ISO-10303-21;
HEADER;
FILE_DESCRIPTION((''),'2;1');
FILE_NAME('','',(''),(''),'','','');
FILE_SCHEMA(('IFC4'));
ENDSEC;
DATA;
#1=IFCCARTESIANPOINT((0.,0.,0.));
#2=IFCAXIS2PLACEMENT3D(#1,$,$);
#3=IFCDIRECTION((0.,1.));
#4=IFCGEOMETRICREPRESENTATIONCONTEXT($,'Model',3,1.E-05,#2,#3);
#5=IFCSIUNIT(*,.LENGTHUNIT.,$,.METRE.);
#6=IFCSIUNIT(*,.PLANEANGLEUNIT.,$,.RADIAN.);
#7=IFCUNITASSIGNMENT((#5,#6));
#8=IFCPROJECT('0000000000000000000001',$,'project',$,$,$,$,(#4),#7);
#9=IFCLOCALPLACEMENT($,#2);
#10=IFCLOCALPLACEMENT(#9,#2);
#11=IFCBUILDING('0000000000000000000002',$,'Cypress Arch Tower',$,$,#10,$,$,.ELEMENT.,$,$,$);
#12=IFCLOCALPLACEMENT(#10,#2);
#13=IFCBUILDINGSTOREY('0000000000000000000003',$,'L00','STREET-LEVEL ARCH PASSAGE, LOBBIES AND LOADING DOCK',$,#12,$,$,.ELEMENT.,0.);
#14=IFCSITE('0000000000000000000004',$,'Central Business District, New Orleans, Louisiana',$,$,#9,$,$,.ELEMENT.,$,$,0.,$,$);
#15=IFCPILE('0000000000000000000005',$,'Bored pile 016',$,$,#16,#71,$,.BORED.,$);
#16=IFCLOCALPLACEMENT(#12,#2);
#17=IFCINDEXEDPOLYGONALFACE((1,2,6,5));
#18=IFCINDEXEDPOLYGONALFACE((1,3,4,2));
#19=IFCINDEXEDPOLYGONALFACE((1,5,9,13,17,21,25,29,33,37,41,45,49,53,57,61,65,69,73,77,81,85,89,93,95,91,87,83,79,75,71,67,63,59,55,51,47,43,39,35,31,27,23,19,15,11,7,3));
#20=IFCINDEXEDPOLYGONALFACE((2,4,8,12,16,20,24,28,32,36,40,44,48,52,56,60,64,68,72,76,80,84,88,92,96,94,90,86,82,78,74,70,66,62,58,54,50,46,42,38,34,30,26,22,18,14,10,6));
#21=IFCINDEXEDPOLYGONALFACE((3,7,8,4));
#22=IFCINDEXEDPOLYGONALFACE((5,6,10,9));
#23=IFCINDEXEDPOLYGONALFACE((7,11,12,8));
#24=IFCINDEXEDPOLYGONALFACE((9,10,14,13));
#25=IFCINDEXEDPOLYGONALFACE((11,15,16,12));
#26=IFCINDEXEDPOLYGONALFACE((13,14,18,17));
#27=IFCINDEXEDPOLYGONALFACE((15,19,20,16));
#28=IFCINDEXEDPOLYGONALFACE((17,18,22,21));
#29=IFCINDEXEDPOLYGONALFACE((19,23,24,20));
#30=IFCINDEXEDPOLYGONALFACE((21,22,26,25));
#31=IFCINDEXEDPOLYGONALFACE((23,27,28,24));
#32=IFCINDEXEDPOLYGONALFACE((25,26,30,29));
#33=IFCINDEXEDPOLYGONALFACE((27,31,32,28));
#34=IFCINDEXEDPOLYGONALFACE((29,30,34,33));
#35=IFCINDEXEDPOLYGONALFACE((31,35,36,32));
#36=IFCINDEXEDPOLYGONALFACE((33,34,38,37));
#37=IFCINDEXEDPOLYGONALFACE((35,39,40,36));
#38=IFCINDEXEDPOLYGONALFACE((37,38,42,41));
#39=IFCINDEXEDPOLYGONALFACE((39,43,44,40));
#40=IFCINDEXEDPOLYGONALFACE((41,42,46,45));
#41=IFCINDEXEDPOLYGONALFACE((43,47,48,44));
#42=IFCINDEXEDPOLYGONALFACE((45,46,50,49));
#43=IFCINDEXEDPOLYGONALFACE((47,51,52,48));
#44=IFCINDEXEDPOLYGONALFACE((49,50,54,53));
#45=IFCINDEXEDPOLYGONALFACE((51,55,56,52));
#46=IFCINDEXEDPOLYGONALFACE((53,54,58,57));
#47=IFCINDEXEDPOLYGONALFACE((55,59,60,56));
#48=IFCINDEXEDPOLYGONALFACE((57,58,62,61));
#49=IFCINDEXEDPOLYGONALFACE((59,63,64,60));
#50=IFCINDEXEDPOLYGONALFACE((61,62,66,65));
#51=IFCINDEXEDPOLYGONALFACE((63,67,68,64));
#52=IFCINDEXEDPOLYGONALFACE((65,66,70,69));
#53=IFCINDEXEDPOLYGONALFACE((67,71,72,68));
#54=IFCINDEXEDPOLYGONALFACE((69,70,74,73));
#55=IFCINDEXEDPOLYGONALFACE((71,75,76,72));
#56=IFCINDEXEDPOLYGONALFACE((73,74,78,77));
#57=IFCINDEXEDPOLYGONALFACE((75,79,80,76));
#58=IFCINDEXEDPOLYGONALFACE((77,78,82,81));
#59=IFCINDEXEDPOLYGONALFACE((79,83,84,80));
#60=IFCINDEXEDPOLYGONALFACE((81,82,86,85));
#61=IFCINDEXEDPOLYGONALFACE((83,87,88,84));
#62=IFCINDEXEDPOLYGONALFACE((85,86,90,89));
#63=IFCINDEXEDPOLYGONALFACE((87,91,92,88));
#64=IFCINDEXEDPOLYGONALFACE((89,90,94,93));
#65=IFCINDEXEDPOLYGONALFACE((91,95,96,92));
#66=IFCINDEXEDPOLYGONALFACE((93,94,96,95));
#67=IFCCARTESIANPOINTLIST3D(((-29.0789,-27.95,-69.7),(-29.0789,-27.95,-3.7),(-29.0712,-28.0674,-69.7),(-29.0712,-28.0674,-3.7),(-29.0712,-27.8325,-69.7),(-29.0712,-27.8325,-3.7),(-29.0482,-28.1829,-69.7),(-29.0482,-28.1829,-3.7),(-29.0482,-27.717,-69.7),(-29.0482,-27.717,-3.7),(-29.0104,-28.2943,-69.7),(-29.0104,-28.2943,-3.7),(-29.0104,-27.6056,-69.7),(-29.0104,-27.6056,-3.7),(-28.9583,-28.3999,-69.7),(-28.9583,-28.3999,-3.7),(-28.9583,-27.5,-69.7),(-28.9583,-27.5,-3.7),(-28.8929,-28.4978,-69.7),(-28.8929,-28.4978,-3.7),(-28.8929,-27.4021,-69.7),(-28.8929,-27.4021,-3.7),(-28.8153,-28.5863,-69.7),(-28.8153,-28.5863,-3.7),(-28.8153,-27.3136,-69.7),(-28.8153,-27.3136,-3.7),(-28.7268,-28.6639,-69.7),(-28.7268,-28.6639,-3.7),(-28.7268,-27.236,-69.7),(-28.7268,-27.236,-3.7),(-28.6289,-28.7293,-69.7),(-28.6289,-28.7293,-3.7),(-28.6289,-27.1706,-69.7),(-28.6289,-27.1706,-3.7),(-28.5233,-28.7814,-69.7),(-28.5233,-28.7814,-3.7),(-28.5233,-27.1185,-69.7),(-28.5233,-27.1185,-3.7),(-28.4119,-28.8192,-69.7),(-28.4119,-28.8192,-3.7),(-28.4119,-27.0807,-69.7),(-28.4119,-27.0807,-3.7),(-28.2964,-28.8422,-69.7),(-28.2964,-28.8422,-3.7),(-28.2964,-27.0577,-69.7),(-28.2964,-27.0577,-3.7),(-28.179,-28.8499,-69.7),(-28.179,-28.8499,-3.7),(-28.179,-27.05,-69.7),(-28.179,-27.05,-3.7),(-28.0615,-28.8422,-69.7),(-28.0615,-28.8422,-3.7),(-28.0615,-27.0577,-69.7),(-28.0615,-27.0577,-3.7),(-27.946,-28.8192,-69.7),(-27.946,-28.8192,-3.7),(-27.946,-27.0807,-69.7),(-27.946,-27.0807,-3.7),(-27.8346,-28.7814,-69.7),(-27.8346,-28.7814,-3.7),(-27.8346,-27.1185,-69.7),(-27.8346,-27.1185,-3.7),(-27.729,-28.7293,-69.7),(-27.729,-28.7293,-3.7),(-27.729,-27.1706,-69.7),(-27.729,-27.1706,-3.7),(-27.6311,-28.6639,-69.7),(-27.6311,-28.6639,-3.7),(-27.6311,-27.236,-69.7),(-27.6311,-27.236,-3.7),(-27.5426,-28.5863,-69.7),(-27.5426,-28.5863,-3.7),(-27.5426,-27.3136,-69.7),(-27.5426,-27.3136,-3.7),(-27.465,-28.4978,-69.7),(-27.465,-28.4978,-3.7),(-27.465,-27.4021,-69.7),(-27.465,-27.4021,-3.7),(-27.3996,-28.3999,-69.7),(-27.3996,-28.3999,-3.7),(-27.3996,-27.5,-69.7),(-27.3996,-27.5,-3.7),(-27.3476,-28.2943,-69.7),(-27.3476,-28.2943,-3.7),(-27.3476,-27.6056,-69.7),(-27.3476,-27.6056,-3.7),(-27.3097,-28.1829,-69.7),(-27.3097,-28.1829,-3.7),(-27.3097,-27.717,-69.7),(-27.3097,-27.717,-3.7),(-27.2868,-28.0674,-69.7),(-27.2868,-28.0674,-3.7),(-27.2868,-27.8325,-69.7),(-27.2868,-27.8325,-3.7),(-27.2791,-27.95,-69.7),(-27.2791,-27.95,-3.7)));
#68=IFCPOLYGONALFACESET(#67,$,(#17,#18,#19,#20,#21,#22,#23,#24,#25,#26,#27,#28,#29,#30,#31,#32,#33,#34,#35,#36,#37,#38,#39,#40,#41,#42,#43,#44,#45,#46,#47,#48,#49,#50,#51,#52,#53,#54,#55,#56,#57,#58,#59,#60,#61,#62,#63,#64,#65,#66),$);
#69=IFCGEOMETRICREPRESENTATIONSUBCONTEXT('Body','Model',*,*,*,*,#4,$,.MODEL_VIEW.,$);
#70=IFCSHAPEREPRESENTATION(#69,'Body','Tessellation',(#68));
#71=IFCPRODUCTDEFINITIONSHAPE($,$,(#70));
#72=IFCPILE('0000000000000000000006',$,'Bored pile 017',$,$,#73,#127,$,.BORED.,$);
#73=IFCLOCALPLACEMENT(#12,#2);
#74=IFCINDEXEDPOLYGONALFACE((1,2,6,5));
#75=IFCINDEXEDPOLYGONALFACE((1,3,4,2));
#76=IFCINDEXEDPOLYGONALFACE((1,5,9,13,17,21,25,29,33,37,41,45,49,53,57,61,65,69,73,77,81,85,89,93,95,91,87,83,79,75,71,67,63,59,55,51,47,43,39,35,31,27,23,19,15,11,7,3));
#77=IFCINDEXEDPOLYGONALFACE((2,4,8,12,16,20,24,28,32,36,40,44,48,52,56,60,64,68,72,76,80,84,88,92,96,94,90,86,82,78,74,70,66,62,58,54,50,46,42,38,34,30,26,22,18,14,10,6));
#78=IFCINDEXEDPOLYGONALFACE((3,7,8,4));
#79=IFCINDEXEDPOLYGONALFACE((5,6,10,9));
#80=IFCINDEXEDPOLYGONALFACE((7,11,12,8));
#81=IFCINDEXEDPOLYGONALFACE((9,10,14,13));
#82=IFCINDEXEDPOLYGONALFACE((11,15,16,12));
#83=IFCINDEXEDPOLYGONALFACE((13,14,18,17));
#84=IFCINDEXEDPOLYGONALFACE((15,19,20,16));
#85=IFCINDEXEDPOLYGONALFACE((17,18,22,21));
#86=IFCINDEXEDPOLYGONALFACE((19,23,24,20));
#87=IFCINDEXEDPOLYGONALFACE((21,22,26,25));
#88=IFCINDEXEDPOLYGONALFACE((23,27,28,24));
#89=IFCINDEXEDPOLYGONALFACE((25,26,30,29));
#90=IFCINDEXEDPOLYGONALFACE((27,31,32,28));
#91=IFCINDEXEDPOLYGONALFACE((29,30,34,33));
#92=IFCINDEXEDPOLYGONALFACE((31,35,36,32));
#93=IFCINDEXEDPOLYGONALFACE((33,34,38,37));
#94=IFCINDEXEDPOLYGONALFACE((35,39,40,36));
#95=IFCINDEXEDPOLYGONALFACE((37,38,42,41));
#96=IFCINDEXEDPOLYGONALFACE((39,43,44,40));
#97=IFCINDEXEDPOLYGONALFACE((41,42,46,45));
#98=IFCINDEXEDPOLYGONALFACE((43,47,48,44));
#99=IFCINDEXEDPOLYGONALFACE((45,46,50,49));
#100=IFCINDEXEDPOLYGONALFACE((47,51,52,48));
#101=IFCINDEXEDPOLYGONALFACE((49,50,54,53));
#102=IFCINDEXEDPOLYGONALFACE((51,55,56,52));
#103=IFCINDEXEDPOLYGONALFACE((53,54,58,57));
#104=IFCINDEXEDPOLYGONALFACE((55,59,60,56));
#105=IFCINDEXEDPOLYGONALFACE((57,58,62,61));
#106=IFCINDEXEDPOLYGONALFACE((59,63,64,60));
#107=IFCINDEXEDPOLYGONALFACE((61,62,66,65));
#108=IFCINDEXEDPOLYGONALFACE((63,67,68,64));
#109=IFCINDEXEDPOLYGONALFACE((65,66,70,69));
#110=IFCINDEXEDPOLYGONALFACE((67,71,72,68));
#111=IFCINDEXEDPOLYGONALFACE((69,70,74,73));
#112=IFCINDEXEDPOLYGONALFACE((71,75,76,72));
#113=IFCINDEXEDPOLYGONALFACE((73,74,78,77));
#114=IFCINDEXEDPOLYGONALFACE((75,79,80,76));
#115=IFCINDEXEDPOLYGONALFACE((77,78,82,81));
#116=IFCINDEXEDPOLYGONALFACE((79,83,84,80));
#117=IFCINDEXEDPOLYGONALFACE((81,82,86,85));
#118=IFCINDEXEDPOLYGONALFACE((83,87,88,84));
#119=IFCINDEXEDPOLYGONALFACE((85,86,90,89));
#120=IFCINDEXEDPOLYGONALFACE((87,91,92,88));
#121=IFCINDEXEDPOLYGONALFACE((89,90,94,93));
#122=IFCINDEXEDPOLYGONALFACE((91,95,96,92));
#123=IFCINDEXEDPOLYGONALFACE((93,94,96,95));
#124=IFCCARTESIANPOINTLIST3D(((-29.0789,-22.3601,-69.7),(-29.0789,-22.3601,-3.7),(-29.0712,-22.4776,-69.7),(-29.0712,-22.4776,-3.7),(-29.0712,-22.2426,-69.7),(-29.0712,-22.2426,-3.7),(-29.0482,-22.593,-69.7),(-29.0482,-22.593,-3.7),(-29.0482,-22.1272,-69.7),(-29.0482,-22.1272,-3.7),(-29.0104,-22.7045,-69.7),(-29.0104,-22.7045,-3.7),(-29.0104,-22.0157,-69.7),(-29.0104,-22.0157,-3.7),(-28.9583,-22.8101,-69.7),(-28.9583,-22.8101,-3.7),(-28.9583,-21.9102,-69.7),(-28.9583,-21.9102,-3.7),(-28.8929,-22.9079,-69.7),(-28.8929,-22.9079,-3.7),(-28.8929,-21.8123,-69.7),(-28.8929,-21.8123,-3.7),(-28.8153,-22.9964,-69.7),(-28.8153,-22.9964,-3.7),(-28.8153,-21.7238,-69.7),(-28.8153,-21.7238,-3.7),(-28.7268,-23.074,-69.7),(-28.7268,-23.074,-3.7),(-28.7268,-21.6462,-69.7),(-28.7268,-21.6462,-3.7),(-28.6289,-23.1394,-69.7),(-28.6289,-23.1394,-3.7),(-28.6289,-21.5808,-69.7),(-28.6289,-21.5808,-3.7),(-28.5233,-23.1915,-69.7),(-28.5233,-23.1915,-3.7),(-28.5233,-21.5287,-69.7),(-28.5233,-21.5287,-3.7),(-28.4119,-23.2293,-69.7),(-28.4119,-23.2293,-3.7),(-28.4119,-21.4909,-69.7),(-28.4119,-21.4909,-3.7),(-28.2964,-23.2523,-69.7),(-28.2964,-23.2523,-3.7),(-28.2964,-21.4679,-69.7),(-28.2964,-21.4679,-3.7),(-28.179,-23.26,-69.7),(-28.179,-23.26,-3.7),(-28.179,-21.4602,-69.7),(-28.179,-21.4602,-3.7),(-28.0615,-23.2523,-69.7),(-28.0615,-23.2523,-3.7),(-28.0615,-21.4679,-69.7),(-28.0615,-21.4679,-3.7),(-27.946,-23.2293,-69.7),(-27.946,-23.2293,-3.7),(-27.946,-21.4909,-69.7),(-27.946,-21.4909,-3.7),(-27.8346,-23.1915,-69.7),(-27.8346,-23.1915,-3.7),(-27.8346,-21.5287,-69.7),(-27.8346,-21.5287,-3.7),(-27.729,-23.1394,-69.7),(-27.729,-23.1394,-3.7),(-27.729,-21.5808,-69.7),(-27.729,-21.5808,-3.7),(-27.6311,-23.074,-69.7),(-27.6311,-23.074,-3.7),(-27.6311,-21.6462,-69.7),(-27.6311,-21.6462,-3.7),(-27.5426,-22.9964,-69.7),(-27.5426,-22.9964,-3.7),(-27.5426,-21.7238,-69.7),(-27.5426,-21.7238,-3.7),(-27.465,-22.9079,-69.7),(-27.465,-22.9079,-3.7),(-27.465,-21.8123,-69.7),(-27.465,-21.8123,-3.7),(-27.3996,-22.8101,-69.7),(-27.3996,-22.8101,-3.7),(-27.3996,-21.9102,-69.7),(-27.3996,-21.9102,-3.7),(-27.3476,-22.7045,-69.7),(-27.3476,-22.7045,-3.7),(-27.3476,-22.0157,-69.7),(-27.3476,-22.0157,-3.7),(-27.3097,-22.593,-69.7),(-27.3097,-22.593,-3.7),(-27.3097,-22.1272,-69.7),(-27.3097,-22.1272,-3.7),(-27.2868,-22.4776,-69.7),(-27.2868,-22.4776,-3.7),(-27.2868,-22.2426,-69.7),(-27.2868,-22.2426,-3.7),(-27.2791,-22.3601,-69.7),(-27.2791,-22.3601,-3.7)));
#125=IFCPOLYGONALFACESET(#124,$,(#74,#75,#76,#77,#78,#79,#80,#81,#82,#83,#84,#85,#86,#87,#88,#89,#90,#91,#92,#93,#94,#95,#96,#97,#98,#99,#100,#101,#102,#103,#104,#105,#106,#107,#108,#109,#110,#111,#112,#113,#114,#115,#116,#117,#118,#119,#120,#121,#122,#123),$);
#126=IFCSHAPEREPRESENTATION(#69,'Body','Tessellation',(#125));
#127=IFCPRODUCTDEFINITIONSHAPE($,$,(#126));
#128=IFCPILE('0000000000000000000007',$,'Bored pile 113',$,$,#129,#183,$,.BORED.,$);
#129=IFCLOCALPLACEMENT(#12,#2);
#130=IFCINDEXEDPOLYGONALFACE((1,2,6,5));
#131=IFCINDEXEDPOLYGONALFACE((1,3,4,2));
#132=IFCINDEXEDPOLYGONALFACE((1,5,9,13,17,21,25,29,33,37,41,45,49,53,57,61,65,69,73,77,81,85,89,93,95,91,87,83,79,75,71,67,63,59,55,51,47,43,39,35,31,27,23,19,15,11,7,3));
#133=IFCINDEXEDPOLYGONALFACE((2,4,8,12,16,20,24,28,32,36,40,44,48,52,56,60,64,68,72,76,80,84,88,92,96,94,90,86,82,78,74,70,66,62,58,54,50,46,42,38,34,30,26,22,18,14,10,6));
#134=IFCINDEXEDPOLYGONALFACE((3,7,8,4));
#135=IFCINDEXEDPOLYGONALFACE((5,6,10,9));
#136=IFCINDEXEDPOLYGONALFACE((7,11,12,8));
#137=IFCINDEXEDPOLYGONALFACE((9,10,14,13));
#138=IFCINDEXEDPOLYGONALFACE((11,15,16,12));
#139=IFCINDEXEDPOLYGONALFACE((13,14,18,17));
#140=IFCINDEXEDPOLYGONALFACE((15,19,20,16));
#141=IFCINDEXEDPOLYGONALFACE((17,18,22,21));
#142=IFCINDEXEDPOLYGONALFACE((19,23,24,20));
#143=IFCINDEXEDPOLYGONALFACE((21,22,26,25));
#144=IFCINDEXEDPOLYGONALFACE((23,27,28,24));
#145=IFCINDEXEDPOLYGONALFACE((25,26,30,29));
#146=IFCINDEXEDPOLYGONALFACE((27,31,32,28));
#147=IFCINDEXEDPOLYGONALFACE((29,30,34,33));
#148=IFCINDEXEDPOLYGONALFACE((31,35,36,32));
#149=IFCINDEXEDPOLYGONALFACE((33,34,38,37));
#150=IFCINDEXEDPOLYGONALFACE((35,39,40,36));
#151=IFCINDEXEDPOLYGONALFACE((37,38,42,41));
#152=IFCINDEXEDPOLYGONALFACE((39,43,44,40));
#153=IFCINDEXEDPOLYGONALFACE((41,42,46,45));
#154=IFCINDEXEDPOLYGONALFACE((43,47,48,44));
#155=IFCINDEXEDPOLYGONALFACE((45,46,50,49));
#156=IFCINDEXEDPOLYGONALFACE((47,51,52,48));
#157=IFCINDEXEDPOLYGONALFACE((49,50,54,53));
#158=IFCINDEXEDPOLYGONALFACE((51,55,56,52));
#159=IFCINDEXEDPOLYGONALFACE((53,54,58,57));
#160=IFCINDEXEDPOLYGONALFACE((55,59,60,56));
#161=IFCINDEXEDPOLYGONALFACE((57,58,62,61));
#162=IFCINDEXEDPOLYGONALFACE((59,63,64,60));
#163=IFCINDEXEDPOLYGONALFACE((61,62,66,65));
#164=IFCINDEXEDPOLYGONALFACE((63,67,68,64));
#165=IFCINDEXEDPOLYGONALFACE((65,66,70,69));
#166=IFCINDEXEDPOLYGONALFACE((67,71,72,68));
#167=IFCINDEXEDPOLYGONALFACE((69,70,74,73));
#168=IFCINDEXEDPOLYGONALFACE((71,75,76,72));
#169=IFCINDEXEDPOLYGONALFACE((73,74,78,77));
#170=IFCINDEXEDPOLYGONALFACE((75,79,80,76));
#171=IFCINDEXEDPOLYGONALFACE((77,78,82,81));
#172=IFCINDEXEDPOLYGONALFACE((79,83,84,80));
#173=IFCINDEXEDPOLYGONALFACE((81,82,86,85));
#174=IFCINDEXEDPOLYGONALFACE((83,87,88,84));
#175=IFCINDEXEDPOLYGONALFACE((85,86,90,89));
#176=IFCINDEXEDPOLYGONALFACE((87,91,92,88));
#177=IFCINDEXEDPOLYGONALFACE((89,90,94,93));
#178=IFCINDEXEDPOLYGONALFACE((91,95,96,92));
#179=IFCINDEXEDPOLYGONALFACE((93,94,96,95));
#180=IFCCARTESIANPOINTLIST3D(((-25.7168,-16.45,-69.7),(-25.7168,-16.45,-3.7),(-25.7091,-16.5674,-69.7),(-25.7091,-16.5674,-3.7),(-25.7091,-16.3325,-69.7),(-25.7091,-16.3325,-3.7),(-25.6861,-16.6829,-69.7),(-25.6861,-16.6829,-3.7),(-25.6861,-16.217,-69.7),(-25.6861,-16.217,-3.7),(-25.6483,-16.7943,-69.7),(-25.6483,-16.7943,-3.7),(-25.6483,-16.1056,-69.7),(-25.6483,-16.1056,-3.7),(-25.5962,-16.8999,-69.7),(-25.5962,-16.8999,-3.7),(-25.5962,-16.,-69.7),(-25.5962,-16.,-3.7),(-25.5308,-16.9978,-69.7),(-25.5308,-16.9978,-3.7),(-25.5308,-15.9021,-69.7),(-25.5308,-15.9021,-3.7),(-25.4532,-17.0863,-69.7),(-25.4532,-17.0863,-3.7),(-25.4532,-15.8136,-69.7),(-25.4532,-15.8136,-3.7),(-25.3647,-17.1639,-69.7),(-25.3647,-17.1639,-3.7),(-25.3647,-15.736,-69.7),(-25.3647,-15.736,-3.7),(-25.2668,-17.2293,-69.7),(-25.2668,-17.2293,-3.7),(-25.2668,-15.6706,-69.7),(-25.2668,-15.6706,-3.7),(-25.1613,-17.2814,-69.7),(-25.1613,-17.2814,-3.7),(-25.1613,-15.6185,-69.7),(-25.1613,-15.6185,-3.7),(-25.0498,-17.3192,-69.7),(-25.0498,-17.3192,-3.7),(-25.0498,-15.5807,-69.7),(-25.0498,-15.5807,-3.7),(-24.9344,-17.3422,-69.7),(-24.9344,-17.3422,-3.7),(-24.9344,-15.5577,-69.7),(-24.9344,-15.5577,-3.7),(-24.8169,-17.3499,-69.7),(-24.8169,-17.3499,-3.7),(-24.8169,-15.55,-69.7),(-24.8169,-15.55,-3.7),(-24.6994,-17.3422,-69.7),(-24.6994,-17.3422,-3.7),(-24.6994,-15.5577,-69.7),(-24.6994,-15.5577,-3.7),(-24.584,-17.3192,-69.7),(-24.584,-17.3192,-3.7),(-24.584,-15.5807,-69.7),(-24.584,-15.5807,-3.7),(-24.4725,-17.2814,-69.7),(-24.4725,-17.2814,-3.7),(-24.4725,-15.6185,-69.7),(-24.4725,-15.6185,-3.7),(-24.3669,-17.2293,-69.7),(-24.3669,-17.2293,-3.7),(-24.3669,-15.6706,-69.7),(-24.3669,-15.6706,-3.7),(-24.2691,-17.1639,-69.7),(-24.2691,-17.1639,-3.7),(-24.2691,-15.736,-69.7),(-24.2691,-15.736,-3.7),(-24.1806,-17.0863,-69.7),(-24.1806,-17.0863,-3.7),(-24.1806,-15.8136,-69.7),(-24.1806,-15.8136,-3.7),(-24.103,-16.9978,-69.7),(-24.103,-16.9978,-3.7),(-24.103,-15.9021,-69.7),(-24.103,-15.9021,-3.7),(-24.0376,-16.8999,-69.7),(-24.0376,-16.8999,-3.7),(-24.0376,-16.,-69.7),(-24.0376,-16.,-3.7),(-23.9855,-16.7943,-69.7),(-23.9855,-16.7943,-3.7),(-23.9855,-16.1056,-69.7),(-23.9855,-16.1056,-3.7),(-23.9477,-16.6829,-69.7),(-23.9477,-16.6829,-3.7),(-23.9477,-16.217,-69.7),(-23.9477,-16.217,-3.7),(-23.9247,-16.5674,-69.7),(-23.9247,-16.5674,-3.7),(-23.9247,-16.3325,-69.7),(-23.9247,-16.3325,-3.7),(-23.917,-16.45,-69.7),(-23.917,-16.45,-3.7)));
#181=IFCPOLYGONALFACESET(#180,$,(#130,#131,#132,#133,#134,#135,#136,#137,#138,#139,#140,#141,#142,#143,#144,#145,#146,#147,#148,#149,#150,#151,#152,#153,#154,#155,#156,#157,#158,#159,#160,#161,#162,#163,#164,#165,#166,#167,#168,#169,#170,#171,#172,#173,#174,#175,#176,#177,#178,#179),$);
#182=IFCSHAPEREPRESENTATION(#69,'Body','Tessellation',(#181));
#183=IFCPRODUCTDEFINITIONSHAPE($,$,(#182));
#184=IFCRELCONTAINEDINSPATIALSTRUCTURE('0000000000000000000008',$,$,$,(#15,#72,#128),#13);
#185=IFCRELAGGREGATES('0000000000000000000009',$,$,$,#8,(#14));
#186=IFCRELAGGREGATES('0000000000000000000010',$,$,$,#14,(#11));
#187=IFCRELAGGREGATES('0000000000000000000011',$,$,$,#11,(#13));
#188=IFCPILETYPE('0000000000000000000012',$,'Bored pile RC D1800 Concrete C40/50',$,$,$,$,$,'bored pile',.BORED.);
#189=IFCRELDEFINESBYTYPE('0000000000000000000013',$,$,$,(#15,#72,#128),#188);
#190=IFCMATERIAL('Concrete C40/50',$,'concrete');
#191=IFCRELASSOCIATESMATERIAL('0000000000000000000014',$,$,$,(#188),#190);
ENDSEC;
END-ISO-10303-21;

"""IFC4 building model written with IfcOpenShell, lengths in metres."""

from ifc_helpers import new_model, si_unit, direction, frame, origin, origin_2d, place, context, subcontext, project, spatial, circle, extrude, material, material_profile, profile_set, type_object, element, save


model = new_model("IFC4")

# Units and contexts
model_context = context("Model", 3, precision=1e-05, world=origin(), true_north=direction((0.0, 1.0)))
body_context = subcontext(model_context, "Body", "Model", "MODEL_VIEW")
ifc_project = project(units=[si_unit("LENGTHUNIT", "METRE"), si_unit("PLANEANGLEUNIT", "RADIAN")], contexts=[model_context])

# Site, building, storey
site_placement = place(None, origin())
site = spatial("IfcSite", under=ifc_project, at=site_placement, Name="Central Business District, New Orleans, Louisiana", CompositionType="ELEMENT", RefElevation=0.0)
building_placement = place(site_placement, origin())
building = spatial("IfcBuilding", under=site, at=building_placement, Name="Cypress Arch Tower", CompositionType="ELEMENT")
storey_placement = place(building_placement, origin())
storey = spatial("IfcBuildingStorey", under=building, at=storey_placement, Name="L00", Description="STREET-LEVEL ARCH PASSAGE, LOBBIES AND LOADING DOCK", CompositionType="ELEMENT", Elevation=0.0)

# Piles
ifc_material_1 = material(Name="Concrete C40/50", Category="concrete")
ifc_material_profile_1 = material_profile(ifc_material_1, circle(Radius=0.8999, at=origin_2d()), Name="RC D1800")
ifc_profile_set_1 = profile_set([ifc_material_profile_1], Name="Concrete C40/50")
pile_type = type_object("IfcPileType", Name="Bored pile RC D1800 Concrete C40/50", ElementType="bored pile", PredefinedType="BORED", material=ifc_profile_set_1)
for number, where, z_axis, x_axis, name in (
    (1, (-28.179, -27.95, -3.7), (0.0, 0.0, -1.0), (1.0, 0.0, 0.0), "Bored pile 016"),
    (2, (-28.179, -22.3601, -3.7), (0.0, 0.0, -1.0), (1.0, 0.0, 0.0), "Bored pile 017"),
    (3, (-24.8169, -16.45, -3.7), (0.0, 0.0, -1.0), (1.0, 0.0, 0.0), "Bored pile 113"),
):
    element("IfcPile", number, at=place(storey_placement, frame(where, z_axis=z_axis, x_axis=x_axis)), inside=storey, type_object=pile_type, Name=name, PredefinedType="BORED", context=body_context, shape_type="SweptSolid", body=[
        extrude(circle(Radius=0.8999, at=origin_2d()), origin(), (0.0, 0.0, 1.0), 66.0),
    ])

save(model, "model.ifc")
